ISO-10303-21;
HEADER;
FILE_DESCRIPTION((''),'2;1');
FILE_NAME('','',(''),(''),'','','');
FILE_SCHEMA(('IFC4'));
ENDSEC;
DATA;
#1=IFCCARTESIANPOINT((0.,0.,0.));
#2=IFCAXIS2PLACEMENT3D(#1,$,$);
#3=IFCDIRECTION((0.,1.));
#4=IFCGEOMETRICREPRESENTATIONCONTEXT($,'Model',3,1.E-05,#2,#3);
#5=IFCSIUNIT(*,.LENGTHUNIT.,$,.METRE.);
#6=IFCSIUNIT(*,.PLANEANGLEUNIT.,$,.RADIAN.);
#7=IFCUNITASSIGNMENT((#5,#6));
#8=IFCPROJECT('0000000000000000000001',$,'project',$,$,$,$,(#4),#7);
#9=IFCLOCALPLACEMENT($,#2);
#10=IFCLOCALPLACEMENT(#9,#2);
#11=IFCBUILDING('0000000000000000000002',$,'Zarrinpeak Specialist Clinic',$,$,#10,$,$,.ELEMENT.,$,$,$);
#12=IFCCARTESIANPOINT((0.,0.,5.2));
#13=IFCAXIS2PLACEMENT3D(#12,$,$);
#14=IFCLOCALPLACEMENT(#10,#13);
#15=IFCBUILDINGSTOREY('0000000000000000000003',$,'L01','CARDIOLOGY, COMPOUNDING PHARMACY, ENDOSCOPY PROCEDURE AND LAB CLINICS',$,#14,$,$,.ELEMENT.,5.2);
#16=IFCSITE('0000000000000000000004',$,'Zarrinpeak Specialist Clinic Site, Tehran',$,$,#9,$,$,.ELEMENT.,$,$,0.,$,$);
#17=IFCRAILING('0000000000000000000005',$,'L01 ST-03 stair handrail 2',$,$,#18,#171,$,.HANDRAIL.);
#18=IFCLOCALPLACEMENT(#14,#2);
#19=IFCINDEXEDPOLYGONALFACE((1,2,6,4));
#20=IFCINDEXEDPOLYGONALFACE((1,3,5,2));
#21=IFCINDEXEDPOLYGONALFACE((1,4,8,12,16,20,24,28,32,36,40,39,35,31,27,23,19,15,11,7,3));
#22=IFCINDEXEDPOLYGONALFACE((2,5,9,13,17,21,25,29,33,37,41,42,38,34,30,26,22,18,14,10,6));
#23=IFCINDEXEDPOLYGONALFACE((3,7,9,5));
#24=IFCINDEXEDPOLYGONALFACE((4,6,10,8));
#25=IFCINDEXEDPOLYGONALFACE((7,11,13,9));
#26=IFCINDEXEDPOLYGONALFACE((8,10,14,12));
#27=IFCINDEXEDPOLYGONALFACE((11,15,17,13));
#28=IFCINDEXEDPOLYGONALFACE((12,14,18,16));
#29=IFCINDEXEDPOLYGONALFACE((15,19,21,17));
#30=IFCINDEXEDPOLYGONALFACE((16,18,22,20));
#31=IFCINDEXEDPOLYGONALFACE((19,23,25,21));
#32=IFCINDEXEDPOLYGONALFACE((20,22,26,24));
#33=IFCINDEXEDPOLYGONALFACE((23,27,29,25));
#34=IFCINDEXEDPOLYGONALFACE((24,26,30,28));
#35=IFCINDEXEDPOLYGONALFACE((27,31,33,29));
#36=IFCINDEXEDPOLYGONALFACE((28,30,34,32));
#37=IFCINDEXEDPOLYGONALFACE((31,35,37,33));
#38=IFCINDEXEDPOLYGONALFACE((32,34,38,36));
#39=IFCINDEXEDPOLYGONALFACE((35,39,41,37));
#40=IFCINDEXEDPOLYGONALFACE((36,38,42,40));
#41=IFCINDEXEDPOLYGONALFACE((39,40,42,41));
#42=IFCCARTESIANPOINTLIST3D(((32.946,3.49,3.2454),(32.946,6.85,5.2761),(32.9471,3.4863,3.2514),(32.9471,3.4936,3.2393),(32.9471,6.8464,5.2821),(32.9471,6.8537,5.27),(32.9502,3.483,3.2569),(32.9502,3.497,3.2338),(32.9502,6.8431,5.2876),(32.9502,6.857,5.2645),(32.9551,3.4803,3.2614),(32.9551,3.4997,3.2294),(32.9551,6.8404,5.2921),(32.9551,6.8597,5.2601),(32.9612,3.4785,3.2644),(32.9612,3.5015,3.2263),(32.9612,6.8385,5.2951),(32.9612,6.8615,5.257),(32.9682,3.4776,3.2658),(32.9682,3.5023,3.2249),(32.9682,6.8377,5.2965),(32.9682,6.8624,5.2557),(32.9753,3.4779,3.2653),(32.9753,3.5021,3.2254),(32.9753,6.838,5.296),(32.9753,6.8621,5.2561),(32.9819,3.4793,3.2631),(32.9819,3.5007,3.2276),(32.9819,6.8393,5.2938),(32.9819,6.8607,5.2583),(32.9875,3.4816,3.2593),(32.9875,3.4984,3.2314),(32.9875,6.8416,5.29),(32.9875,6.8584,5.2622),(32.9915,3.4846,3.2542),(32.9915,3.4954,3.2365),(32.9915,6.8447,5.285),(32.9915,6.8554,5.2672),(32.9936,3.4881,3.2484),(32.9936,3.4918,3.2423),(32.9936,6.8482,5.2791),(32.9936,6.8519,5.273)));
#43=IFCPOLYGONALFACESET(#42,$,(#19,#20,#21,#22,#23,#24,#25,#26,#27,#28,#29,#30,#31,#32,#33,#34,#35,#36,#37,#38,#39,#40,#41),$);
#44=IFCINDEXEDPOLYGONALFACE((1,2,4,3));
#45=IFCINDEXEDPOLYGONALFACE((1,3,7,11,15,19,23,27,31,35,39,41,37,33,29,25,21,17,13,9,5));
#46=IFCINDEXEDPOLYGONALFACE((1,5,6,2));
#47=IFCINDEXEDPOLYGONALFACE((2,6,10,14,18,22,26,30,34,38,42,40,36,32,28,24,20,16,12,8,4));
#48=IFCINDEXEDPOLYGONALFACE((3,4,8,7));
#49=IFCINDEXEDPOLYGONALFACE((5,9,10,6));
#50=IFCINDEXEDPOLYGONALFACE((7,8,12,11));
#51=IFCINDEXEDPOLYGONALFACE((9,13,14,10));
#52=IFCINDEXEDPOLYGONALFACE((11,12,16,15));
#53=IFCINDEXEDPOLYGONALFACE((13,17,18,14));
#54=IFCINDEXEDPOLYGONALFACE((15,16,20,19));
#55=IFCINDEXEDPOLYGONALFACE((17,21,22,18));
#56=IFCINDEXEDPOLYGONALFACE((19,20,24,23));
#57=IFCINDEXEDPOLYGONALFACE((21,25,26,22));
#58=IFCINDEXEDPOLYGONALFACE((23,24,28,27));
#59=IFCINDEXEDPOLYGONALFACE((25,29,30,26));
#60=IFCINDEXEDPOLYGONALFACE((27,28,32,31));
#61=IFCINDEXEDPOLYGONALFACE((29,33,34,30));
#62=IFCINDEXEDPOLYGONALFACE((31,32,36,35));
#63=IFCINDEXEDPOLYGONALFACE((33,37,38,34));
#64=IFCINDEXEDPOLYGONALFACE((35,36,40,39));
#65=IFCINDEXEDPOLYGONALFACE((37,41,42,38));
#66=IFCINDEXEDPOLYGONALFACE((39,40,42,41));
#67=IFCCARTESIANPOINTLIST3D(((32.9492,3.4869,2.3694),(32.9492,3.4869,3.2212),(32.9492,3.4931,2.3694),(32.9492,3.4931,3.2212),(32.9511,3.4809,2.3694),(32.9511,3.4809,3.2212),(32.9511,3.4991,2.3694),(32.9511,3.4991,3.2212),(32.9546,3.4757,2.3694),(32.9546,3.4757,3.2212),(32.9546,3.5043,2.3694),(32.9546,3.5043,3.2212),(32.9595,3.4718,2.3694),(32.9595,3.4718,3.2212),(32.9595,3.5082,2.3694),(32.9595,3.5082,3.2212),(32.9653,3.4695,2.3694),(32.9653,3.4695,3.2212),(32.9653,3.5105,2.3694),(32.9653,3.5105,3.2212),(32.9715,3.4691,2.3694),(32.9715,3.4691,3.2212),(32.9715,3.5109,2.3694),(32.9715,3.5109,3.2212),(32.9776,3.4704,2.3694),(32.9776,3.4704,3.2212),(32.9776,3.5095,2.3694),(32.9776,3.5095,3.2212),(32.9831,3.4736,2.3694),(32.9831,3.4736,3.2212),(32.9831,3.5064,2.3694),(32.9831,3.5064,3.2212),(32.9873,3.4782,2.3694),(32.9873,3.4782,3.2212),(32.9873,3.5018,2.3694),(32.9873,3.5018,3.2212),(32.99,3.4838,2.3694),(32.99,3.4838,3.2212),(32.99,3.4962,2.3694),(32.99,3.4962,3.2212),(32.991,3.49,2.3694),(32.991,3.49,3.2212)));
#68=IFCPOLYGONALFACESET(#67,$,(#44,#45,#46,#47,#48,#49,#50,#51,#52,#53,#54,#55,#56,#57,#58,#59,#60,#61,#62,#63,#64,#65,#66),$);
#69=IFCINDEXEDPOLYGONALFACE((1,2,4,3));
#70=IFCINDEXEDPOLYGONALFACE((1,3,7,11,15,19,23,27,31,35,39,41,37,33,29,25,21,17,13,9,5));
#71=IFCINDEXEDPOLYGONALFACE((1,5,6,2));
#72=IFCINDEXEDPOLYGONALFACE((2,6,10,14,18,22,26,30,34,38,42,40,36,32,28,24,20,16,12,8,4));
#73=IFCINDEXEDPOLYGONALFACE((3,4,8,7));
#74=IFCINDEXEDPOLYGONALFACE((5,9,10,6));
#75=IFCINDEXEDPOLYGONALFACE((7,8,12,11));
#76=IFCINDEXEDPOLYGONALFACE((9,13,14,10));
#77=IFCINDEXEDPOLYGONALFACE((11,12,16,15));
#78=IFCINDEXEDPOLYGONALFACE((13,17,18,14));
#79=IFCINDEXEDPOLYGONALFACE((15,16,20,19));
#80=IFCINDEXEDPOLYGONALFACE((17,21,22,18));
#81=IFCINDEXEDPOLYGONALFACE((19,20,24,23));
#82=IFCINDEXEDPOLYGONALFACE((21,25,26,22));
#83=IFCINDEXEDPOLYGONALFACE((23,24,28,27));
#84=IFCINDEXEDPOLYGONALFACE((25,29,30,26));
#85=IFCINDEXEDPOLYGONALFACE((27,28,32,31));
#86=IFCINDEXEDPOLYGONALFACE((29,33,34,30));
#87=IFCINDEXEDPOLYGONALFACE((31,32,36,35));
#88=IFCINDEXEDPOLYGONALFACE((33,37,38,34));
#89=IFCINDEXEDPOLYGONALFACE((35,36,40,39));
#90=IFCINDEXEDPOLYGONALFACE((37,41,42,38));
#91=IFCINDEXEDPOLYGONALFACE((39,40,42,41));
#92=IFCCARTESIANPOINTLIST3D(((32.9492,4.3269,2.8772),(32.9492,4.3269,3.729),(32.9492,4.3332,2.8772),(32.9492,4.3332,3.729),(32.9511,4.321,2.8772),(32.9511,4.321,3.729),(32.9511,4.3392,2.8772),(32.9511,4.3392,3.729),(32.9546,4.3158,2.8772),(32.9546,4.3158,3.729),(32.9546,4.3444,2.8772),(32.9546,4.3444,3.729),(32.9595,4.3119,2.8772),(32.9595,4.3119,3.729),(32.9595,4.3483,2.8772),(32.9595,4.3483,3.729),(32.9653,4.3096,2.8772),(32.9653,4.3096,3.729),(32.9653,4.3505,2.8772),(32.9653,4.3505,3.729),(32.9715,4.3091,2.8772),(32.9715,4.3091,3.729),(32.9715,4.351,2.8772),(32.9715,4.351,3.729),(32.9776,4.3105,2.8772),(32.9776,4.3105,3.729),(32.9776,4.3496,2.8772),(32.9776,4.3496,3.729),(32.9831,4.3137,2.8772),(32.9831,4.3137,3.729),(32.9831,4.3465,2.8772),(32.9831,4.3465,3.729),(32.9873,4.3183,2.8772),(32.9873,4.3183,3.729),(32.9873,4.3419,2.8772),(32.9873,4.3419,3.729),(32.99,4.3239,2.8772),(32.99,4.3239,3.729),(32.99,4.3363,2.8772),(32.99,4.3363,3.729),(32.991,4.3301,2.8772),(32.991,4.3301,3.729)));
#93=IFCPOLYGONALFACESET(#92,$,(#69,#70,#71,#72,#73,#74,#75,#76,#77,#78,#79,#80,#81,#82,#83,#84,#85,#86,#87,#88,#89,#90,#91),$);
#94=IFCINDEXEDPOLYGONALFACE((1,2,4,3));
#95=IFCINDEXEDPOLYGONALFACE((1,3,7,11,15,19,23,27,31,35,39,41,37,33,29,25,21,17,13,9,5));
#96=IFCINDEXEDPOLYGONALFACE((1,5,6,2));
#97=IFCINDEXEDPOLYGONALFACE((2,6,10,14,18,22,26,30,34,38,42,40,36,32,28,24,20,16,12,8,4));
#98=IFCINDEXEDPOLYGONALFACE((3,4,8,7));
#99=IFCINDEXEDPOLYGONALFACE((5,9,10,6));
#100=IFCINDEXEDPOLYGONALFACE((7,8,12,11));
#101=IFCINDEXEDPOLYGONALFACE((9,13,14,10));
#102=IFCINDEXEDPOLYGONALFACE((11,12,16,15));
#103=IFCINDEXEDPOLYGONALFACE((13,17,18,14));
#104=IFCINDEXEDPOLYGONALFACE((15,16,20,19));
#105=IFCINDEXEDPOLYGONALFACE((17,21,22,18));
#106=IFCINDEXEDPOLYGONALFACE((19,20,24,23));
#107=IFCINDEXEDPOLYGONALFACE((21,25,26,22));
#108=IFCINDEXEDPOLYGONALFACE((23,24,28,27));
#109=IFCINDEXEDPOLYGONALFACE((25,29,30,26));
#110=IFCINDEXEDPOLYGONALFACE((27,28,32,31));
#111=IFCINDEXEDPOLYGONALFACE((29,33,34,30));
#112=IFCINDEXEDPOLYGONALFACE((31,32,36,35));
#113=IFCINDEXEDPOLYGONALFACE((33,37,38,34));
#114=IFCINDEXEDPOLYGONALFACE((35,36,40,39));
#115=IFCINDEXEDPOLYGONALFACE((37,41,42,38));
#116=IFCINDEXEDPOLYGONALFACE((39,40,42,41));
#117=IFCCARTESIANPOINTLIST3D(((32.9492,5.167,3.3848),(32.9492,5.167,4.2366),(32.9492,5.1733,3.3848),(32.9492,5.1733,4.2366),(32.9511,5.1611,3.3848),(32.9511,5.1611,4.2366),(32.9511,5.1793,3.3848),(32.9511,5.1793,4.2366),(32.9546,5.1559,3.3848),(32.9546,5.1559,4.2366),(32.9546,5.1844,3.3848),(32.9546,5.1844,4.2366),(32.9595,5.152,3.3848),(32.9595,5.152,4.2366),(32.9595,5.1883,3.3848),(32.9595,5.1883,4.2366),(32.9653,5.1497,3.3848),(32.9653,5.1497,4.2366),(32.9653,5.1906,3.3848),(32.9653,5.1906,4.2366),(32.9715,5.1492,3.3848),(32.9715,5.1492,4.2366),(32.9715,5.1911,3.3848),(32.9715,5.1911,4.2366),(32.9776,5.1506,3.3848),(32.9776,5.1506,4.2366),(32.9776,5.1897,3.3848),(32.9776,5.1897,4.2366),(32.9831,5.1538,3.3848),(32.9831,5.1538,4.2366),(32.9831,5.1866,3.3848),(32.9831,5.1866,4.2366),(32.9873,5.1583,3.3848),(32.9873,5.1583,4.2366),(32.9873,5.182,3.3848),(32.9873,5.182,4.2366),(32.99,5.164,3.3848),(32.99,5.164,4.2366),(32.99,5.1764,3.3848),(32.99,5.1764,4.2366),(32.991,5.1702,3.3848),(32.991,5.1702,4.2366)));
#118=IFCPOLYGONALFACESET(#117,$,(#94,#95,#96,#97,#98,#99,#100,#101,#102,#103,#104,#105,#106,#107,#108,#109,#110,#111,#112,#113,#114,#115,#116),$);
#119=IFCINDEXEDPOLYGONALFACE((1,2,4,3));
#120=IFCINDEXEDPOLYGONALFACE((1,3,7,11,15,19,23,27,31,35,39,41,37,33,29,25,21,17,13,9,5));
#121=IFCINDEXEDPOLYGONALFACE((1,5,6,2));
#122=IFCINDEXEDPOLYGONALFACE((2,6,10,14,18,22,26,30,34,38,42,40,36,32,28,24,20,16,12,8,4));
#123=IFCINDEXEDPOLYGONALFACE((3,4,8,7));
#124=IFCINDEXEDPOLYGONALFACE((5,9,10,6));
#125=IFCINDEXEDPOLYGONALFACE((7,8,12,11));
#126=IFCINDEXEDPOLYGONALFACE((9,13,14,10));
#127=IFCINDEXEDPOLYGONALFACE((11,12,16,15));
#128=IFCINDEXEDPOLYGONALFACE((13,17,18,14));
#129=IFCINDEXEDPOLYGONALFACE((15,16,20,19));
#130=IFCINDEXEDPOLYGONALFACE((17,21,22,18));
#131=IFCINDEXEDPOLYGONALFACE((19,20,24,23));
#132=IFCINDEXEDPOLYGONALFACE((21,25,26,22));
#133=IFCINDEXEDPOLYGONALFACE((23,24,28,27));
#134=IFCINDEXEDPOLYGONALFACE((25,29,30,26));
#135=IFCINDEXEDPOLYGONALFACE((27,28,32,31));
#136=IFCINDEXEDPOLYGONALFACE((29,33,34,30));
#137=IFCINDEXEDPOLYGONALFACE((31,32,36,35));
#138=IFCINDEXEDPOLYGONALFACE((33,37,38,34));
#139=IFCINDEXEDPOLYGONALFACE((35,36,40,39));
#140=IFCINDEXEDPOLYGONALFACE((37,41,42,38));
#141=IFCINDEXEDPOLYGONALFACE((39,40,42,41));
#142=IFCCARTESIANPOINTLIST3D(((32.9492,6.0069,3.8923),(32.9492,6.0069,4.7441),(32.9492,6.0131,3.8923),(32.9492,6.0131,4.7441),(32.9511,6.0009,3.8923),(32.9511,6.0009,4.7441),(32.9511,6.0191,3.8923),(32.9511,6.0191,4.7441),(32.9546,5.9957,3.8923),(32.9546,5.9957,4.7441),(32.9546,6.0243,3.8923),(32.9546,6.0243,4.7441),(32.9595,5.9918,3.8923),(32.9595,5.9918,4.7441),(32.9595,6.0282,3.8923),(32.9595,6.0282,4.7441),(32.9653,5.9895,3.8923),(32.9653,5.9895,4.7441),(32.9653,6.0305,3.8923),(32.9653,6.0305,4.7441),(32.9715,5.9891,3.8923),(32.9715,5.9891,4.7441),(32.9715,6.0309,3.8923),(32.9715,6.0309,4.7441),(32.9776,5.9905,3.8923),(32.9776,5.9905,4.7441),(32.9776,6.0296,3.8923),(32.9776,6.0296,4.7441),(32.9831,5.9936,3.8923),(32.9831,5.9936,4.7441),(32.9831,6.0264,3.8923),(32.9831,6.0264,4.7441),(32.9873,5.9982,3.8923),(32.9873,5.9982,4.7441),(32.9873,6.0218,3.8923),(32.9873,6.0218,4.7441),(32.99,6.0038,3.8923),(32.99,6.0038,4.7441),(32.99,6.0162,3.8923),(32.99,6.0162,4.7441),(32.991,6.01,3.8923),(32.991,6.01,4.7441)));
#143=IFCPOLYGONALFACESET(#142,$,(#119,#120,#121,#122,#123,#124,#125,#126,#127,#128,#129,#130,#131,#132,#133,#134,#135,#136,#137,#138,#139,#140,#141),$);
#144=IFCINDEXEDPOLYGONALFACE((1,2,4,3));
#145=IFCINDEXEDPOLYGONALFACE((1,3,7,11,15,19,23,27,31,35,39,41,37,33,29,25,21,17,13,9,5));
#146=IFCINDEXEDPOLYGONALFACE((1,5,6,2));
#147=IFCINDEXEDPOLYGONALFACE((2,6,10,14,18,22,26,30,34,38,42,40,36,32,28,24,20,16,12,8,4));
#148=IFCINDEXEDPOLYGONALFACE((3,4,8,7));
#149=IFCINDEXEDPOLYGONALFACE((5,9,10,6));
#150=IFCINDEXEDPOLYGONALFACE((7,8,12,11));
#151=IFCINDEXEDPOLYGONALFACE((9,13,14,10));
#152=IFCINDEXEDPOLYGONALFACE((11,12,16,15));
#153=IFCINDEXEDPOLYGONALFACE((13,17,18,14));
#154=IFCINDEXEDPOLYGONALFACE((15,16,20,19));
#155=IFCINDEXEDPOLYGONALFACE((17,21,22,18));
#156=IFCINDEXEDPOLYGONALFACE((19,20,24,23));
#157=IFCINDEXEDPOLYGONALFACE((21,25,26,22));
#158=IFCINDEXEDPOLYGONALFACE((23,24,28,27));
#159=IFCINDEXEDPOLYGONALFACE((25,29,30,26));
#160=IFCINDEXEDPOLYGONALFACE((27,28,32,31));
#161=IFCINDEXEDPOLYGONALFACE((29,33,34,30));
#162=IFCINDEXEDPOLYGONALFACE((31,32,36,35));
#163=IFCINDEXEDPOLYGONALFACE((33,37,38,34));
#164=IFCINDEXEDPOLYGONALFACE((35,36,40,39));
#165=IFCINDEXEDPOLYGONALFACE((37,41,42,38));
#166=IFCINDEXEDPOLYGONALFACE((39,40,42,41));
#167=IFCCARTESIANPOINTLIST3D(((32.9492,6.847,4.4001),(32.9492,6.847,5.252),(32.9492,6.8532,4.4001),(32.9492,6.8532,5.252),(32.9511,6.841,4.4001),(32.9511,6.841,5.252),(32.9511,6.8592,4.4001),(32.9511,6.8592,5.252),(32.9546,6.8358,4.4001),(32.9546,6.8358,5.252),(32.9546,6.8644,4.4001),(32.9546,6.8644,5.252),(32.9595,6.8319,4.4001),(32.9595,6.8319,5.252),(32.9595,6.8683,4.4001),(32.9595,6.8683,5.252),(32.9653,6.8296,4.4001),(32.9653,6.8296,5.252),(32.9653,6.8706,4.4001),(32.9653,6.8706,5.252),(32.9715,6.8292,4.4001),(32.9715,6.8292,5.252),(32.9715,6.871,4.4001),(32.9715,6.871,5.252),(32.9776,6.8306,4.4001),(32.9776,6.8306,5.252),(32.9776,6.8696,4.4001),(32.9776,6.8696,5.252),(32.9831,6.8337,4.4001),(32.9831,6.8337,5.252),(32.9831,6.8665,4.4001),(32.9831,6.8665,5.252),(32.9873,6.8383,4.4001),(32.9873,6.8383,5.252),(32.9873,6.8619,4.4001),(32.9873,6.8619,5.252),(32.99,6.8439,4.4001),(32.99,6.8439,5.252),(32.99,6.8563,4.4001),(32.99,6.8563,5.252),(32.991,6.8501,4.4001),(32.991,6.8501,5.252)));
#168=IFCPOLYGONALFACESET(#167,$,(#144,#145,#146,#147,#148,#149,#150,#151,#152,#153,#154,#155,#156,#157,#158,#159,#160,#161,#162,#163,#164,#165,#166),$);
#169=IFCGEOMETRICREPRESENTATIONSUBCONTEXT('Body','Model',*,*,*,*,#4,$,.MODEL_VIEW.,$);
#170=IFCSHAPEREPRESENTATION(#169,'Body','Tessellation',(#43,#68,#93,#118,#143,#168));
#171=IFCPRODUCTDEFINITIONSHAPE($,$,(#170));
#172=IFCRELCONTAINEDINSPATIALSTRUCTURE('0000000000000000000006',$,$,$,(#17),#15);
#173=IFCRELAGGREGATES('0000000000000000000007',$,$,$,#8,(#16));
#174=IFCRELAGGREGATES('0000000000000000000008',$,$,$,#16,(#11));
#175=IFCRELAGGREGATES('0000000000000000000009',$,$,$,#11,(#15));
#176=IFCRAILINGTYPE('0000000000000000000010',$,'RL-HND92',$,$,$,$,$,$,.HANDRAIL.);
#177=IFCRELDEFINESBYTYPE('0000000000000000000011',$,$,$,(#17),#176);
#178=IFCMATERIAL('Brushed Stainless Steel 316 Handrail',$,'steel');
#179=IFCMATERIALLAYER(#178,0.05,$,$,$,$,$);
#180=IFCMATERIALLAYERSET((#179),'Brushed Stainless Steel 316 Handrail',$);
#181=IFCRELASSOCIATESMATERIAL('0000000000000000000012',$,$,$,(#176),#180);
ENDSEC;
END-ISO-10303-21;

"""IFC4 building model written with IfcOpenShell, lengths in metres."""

from ifc_helpers import new_model, si_unit, direction, frame, origin, origin_2d, place, context, subcontext, project, spatial, circle, extrude, material, layer, layer_set, type_object, element, save


model = new_model("IFC4")

# Units and contexts
model_context = context("Model", 3, precision=1e-05, world=origin(), true_north=direction((0.0, 1.0)))
body_context = subcontext(model_context, "Body", "Model", "MODEL_VIEW")
ifc_project = project(units=[si_unit("LENGTHUNIT", "METRE"), si_unit("PLANEANGLEUNIT", "RADIAN")], contexts=[model_context])

# Site, building, storey
site_placement = place(None, origin())
site = spatial("IfcSite", under=ifc_project, at=site_placement, Name="Zarrinpeak Specialist Clinic Site, Tehran", CompositionType="ELEMENT", RefElevation=0.0)
building_placement = place(site_placement, origin())
building = spatial("IfcBuilding", under=site, at=building_placement, Name="Zarrinpeak Specialist Clinic", CompositionType="ELEMENT")
storey_placement = place(building_placement, frame((0.0, 0.0, 5.2)))
storey = spatial("IfcBuildingStorey", under=building, at=storey_placement, Name="L01", Description="CARDIOLOGY, COMPOUNDING PHARMACY, ENDOSCOPY PROCEDURE AND LAB CLINICS", CompositionType="ELEMENT", Elevation=5.2)

# Railing
ifc_material_1 = material(Name="Brushed Stainless Steel 316 Handrail", Category="steel")
ifc_layer_1 = layer(ifc_material_1, 0.05)
ifc_layer_set_1 = layer_set([ifc_layer_1], Name="Brushed Stainless Steel 316 Handrail")
railing_type_1 = type_object("IfcRailingType", Name="RL-HND92", PredefinedType="HANDRAIL", material=ifc_layer_set_1)
railing_1_placement = place(storey_placement, frame((32.97, 3.49, 2.3694)))
element("IfcRailing", 1, at=railing_1_placement, inside=storey, type_object=railing_type_1, Name="L01 ST-03 stair handrail 2", PredefinedType="HANDRAIL", context=body_context, shape_type="SweptSolid", body=[
    extrude(circle(Radius=0.0239, at=origin_2d()), frame((0.0, 0.0, 0.876), z_axis=(0.0, 0.855837, 0.517246), x_axis=(-1.0, 0.0, 0.0)), (0.0, 0.0, 1.0), 3.926),
    extrude(circle(Radius=0.021, at=origin_2d()), origin(), (0.0, 0.0, 1.0), 0.8518),
    extrude(circle(Radius=0.021, at=origin_2d()), frame((0.0, 0.8401, 0.5078)), (0.0, 0.0, 1.0), 0.8518),
    extrude(circle(Radius=0.021, at=origin_2d()), frame((0.0, 1.6802, 1.0154)), (0.0, 0.0, 1.0), 0.8518),
    extrude(circle(Radius=0.021, at=origin_2d()), frame((0.0, 2.52, 1.5229)), (0.0, 0.0, 1.0), 0.8518),
    extrude(circle(Radius=0.021, at=origin_2d()), frame((0.0, 3.3601, 2.0308)), (0.0, 0.0, 1.0), 0.8518),
])

save(model, "model.ifc")
